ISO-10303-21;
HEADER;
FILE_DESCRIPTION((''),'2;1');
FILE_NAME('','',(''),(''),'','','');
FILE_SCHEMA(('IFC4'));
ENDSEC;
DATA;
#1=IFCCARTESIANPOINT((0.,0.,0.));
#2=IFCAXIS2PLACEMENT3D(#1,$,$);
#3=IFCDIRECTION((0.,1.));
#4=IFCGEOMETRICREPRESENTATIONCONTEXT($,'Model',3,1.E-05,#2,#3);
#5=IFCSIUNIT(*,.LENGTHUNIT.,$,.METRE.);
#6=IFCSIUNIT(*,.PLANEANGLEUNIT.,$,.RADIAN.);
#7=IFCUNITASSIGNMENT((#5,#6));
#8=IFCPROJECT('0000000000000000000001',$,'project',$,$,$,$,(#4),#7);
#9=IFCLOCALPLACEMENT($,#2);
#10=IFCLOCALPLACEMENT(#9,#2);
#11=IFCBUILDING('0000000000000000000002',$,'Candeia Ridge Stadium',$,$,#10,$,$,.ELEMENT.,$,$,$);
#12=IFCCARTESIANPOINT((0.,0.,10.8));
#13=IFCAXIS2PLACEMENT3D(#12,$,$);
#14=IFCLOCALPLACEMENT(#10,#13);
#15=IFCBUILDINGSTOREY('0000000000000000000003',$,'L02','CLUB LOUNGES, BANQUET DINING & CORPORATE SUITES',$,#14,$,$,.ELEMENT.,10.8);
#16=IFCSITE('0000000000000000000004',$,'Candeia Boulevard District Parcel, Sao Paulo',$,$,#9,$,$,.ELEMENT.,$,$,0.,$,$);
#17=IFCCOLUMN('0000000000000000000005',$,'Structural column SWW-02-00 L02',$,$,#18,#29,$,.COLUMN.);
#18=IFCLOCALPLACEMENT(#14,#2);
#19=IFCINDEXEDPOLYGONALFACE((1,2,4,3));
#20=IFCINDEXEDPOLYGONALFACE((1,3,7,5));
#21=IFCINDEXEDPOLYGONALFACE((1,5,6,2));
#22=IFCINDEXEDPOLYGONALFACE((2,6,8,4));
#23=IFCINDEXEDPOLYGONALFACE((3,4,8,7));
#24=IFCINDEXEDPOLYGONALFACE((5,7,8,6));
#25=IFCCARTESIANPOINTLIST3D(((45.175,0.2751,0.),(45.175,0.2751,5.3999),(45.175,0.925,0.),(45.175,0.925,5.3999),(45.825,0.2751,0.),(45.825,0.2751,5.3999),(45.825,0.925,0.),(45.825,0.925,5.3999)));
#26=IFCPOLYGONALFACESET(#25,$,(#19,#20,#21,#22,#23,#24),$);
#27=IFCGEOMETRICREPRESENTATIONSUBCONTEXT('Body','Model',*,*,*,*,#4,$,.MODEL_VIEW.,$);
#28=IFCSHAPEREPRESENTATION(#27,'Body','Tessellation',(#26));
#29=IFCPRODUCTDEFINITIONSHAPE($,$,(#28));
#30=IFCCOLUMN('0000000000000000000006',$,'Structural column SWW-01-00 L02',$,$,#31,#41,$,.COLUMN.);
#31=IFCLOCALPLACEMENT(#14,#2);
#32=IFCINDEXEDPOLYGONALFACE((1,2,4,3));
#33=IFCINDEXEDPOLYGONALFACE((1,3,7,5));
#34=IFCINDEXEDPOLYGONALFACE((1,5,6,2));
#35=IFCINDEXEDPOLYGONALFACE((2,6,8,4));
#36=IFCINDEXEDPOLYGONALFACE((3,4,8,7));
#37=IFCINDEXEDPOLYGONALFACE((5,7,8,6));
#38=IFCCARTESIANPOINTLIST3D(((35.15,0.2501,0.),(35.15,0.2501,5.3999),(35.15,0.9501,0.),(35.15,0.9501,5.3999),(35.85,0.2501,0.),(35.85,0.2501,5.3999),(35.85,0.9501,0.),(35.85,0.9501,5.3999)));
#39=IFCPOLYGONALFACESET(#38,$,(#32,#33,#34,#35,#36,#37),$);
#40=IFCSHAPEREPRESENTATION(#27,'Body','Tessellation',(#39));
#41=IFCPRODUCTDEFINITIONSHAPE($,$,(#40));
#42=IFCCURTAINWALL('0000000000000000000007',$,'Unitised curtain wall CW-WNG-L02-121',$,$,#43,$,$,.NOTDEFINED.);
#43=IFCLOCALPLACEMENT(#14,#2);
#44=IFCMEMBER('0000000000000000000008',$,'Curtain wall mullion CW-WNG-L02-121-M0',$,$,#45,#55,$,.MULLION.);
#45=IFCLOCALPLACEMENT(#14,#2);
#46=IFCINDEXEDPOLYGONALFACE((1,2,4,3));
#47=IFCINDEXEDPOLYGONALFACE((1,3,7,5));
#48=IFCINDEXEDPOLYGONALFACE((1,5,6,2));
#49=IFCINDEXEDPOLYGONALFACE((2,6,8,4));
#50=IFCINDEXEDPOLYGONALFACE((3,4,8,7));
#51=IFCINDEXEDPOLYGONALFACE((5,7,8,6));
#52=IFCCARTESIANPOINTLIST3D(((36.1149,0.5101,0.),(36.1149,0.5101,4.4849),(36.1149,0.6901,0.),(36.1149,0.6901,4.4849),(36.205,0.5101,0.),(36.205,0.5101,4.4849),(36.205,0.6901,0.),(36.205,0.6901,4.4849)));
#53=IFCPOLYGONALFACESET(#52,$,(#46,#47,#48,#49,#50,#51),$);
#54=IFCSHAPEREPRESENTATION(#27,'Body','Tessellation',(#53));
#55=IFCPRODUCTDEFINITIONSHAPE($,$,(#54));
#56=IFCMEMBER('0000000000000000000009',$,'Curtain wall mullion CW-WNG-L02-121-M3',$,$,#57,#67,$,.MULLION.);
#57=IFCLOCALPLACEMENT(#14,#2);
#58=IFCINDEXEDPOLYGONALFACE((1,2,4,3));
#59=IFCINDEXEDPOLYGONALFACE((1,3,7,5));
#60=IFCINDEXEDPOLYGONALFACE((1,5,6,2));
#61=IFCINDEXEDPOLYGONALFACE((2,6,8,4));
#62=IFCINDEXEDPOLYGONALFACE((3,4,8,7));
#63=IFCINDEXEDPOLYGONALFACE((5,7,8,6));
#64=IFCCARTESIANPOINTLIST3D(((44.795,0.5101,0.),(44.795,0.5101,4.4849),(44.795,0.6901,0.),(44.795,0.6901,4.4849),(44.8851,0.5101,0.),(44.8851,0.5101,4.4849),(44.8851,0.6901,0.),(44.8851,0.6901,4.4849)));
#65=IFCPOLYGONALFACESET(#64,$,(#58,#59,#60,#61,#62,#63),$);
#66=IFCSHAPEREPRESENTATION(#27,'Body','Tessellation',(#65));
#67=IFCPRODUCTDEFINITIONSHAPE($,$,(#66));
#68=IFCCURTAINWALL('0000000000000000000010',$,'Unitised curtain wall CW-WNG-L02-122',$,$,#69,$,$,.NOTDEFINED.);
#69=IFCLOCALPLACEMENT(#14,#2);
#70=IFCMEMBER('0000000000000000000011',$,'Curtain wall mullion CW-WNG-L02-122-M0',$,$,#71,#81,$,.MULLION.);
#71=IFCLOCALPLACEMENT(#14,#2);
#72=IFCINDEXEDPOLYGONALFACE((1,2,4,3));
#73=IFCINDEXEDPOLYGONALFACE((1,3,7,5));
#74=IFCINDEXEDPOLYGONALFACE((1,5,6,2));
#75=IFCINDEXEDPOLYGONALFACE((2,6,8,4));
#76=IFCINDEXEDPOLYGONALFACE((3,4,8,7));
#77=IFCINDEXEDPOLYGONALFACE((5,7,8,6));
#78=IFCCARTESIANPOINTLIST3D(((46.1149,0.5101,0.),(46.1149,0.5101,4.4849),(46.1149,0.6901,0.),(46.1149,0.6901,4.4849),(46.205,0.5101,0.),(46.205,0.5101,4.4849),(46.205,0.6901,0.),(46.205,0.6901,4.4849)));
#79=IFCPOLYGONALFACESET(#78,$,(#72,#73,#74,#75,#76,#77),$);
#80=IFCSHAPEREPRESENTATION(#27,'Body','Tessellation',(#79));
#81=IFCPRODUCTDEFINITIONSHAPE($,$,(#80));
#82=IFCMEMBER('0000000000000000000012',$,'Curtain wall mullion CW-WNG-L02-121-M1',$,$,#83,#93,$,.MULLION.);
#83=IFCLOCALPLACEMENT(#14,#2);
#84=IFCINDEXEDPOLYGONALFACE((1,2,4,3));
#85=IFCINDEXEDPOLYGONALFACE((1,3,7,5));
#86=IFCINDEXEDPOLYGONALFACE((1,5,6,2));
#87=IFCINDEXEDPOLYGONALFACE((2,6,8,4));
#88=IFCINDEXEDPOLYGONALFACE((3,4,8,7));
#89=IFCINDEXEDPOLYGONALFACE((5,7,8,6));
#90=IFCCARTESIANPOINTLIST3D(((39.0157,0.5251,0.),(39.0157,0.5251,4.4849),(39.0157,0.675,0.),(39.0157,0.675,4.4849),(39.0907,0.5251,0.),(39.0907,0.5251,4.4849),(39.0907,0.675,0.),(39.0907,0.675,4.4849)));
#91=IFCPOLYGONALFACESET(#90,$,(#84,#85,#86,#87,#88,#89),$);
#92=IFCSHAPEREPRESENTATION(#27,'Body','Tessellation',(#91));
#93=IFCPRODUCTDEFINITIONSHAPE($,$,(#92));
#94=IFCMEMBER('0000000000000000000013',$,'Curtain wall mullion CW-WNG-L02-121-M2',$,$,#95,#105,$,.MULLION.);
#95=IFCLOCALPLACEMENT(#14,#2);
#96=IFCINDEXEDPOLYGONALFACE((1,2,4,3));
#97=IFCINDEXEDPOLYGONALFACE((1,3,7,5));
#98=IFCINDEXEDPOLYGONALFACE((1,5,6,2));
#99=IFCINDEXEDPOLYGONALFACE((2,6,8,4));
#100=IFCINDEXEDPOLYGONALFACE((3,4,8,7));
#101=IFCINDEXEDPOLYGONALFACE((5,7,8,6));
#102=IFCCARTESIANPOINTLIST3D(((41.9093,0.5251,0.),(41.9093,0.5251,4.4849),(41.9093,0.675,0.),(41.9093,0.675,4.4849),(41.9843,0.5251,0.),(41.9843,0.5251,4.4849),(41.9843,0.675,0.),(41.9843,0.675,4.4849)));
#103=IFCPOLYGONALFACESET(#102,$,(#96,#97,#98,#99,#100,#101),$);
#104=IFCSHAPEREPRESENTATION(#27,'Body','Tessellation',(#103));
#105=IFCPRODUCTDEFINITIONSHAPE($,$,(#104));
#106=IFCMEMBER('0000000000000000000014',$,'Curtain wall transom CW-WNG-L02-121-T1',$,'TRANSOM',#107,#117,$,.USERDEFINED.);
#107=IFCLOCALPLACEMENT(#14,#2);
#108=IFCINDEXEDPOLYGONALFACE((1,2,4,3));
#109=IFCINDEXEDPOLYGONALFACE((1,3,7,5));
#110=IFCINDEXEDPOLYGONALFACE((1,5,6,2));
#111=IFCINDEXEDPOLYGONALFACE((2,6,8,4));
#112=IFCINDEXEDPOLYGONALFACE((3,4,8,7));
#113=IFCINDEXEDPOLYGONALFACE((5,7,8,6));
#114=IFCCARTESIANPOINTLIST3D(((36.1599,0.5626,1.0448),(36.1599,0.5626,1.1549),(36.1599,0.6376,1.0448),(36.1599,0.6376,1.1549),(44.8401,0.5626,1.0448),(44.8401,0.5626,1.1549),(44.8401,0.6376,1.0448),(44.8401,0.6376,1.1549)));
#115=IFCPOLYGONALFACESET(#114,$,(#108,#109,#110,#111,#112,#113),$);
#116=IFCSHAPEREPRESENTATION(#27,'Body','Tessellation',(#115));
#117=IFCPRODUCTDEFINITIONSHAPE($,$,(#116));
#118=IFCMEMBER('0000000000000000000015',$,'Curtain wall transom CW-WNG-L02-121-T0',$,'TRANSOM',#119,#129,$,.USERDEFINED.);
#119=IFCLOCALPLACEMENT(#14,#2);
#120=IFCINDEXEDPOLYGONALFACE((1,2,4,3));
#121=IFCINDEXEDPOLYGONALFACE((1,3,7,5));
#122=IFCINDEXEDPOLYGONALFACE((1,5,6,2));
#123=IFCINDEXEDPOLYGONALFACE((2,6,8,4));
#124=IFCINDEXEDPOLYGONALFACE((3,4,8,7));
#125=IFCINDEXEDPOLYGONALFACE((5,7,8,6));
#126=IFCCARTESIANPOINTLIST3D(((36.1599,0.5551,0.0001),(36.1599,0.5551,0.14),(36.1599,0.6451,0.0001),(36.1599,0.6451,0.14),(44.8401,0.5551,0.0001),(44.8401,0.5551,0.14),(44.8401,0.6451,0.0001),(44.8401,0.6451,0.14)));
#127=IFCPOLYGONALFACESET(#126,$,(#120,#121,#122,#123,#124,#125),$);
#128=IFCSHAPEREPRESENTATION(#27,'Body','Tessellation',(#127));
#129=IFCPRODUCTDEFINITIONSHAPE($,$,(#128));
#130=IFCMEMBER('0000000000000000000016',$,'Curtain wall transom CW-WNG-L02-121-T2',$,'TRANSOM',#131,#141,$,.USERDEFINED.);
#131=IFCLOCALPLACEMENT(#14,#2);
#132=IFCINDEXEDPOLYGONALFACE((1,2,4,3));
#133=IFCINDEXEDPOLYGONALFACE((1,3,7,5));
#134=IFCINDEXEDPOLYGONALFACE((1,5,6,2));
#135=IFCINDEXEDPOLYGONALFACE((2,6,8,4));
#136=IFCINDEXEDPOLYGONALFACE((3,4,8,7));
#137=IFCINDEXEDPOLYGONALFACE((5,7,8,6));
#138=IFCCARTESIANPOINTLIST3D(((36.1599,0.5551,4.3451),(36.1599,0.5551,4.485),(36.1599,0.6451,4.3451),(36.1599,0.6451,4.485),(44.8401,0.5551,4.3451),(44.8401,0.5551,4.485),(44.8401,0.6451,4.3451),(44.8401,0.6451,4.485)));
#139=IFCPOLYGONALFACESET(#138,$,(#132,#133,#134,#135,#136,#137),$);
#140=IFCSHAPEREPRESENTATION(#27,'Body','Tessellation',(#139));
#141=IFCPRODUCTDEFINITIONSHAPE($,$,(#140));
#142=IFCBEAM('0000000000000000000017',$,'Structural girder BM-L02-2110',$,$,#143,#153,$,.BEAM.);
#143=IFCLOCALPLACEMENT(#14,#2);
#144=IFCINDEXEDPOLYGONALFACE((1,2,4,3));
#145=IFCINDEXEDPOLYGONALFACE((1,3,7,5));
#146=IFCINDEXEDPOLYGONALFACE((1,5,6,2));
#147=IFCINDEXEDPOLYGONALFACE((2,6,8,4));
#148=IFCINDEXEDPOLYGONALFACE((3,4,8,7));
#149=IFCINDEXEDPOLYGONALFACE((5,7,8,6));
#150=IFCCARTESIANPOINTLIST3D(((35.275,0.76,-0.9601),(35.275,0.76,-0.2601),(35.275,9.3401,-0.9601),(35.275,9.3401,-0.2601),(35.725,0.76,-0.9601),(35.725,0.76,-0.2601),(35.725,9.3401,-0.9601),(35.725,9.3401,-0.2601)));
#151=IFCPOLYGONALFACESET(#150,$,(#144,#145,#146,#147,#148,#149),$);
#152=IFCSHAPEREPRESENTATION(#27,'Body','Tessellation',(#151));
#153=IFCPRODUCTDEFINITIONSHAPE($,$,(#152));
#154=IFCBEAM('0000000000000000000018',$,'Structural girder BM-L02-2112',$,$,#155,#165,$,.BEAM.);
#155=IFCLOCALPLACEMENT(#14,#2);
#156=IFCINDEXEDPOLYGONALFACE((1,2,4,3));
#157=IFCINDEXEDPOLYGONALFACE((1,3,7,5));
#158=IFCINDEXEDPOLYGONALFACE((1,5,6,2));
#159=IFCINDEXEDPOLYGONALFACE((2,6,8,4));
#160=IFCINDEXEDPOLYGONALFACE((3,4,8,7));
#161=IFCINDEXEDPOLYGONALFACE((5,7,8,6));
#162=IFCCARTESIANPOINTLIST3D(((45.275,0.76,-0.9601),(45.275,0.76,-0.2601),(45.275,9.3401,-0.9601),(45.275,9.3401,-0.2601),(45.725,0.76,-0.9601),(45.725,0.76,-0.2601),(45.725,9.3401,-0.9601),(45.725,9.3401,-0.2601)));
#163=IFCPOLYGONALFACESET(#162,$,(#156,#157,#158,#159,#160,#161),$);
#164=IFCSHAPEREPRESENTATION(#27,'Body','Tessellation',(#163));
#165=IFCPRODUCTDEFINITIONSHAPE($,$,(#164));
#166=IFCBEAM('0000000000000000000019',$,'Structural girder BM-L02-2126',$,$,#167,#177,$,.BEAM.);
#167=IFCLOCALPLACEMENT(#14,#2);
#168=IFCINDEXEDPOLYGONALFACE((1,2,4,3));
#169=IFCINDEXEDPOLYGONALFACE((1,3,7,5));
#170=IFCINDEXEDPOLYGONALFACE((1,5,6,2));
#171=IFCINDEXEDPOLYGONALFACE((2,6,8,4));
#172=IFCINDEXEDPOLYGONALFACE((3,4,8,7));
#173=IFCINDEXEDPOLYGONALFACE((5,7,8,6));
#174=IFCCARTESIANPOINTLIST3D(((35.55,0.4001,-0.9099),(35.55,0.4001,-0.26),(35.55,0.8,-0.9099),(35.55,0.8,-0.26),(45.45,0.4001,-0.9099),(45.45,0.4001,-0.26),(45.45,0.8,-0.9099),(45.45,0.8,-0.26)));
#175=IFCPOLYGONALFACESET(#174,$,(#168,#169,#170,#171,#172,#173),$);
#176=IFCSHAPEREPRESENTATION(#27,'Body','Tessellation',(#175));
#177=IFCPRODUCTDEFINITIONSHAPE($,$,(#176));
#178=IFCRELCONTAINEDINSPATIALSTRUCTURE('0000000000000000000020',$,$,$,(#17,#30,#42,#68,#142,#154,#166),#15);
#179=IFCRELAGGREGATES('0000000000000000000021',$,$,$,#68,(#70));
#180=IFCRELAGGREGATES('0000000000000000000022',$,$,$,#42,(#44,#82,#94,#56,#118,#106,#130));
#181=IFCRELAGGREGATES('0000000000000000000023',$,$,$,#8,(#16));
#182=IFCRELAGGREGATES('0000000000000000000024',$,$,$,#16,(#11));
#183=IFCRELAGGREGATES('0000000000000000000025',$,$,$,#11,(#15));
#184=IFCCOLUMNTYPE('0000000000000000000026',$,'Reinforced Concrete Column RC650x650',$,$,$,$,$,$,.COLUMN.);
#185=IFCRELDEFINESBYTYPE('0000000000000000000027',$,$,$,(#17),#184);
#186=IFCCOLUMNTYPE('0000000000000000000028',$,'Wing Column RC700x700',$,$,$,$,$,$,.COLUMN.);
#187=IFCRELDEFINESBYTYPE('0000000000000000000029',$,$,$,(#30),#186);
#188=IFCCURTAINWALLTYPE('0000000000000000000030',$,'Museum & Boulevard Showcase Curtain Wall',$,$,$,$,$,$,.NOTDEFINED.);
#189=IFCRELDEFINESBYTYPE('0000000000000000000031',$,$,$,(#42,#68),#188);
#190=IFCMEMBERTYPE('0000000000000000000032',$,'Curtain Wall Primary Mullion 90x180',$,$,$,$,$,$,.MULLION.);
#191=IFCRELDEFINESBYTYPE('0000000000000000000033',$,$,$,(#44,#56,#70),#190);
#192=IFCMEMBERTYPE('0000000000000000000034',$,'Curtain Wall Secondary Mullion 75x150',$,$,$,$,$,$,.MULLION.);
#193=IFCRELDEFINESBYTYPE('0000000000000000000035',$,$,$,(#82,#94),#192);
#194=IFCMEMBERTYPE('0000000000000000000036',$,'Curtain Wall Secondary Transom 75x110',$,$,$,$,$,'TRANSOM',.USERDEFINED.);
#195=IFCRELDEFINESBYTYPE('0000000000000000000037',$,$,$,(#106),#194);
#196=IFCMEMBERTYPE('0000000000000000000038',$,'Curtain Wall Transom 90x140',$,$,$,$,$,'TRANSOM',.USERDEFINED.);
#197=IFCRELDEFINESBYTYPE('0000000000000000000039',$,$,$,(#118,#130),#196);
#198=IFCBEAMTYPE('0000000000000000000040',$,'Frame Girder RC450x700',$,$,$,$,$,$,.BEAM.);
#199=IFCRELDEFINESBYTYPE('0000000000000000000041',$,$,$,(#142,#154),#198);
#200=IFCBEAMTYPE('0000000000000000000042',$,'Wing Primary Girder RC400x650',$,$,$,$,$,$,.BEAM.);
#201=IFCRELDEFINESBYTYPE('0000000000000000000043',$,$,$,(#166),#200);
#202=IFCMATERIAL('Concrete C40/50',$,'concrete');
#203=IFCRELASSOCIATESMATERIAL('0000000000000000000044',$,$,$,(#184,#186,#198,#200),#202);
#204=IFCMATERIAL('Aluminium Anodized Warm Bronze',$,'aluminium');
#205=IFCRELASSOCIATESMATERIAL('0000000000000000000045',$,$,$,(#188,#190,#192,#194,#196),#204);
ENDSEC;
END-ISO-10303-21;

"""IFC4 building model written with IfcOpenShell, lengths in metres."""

from ifc_helpers import new_model, si_unit, direction, frame, origin, origin_2d, place, context, subcontext, project, spatial, rectangle, extrude, material, material_profile, profile_set, type_object, element, aggregate, save


model = new_model("IFC4")

# Units and contexts
model_context = context("Model", 3, precision=1e-05, world=origin(), true_north=direction((0.0, 1.0)))
body_context = subcontext(model_context, "Body", "Model", "MODEL_VIEW")
ifc_project = project(units=[si_unit("LENGTHUNIT", "METRE"), si_unit("PLANEANGLEUNIT", "RADIAN")], contexts=[model_context])

# Site, building, storey
site_placement = place(None, origin())
site = spatial("IfcSite", under=ifc_project, at=site_placement, Name="Candeia Boulevard District Parcel, Sao Paulo", CompositionType="ELEMENT", RefElevation=0.0)
building_placement = place(site_placement, origin())
building = spatial("IfcBuilding", under=site, at=building_placement, Name="Candeia Ridge Stadium", CompositionType="ELEMENT")
storey_placement = place(building_placement, frame((0.0, 0.0, 10.8)))
storey = spatial("IfcBuildingStorey", under=building, at=storey_placement, Name="L02", Description="CLUB LOUNGES, BANQUET DINING & CORPORATE SUITES", CompositionType="ELEMENT", Elevation=10.8)

# Columns
ifc_material_1 = material(Name="Concrete C40/50", Category="concrete")
ifc_material_profile_1 = material_profile(ifc_material_1, rectangle(XDim=0.6499, YDim=0.6499, at=origin_2d()), Name="RC650x650", Category="concrete")
ifc_profile_set_1 = profile_set([ifc_material_profile_1], Name="Concrete C40/50")
column_type_1 = type_object("IfcColumnType", Name="Reinforced Concrete Column RC650x650", PredefinedType="COLUMN", material=ifc_profile_set_1)
column_1_placement = place(storey_placement, frame((45.5, 0.6001, 0.0), z_axis=(0.0, 0.0, 1.0), x_axis=(1.0, 0.0, 0.0)))
element("IfcColumn", 1, at=column_1_placement, inside=storey, type_object=column_type_1, Name="Structural column SWW-02-00 L02", PredefinedType="COLUMN", context=body_context, shape_type="SweptSolid", body=[
    extrude(rectangle(XDim=0.6499, YDim=0.6499, at=origin_2d()), origin(), (0.0, 0.0, 1.0), 5.3999),
])
ifc_material_profile_2 = material_profile(ifc_material_1, rectangle(XDim=0.7, YDim=0.7, at=origin_2d()), Name="RC700x700", Category="concrete")
ifc_profile_set_2 = profile_set([ifc_material_profile_2], Name="Concrete C40/50")
column_type_2 = type_object("IfcColumnType", Name="Wing Column RC700x700", PredefinedType="COLUMN", material=ifc_profile_set_2)
column_2_placement = place(storey_placement, frame((35.5, 0.6001, 0.0), z_axis=(0.0, 0.0, 1.0), x_axis=(1.0, 0.0, 0.0)))
element("IfcColumn", 2, at=column_2_placement, inside=storey, type_object=column_type_2, Name="Structural column SWW-01-00 L02", PredefinedType="COLUMN", context=body_context, shape_type="SweptSolid", body=[
    extrude(rectangle(XDim=0.7, YDim=0.7, at=origin_2d()), origin(), (0.0, 0.0, 1.0), 5.3999),
])

# Curtain wall, members
ifc_material_2 = material(Name="Aluminium Anodized Warm Bronze", Category="aluminium")
curtain_wall_type = type_object("IfcCurtainWallType", Name="Museum & Boulevard Showcase Curtain Wall", PredefinedType="NOTDEFINED", material=ifc_material_2)
curtain_wall_1_placement = place(storey_placement, origin())
curtain_wall_1 = element("IfcCurtainWall", 3, at=curtain_wall_1_placement, inside=storey, type_object=curtain_wall_type, Name="Unitised curtain wall CW-WNG-L02-121", PredefinedType="NOTDEFINED")
ifc_material_profile_3 = material_profile(ifc_material_2, rectangle(XDim=0.0901, YDim=0.1799, at=origin_2d()), Name="CWM-90x180", Category="aluminium")
ifc_profile_set_3 = profile_set([ifc_material_profile_3], Name="Aluminium Anodized Warm Bronze")
member_type_1 = type_object("IfcMemberType", Name="Curtain Wall Primary Mullion 90x180", PredefinedType="MULLION", material=ifc_profile_set_3)
member_1_placement = place(storey_placement, frame((36.1599, 0.6001, 0.0), z_axis=(0.0, 0.0, 1.0), x_axis=(1.0, 0.0, 0.0)))
member_1 = element("IfcMember", 4, at=member_1_placement, type_object=member_type_1, Name="Curtain wall mullion CW-WNG-L02-121-M0", PredefinedType="MULLION", context=body_context, shape_type="SweptSolid", body=[
    extrude(rectangle(XDim=0.0901, YDim=0.1799, at=origin_2d()), origin(), (0.0, 0.0, 1.0), 4.4849),
])
member_2_placement = place(storey_placement, frame((44.8401, 0.6001, 0.0), z_axis=(0.0, 0.0, 1.0), x_axis=(1.0, 0.0, 0.0)))
member_2 = element("IfcMember", 5, at=member_2_placement, type_object=member_type_1, Name="Curtain wall mullion CW-WNG-L02-121-M3", PredefinedType="MULLION", context=body_context, shape_type="SweptSolid", body=[
    extrude(rectangle(XDim=0.0901, YDim=0.1799, at=origin_2d()), origin(), (0.0, 0.0, 1.0), 4.4849),
])

# Curtain wall, member
curtain_wall_2_placement = place(storey_placement, origin())
curtain_wall_2 = element("IfcCurtainWall", 6, at=curtain_wall_2_placement, inside=storey, type_object=curtain_wall_type, Name="Unitised curtain wall CW-WNG-L02-122", PredefinedType="NOTDEFINED")
member_3_placement = place(storey_placement, frame((46.1599, 0.6001, 0.0), z_axis=(0.0, 0.0, 1.0), x_axis=(1.0, 0.0, 0.0)))
member_3 = element("IfcMember", 7, at=member_3_placement, type_object=member_type_1, Name="Curtain wall mullion CW-WNG-L02-122-M0", PredefinedType="MULLION", context=body_context, shape_type="SweptSolid", body=[
    extrude(rectangle(XDim=0.0901, YDim=0.1799, at=origin_2d()), origin(), (0.0, 0.0, 1.0), 4.4849),
])
aggregate(curtain_wall_2, [member_3])

# Members
ifc_material_profile_4 = material_profile(ifc_material_2, rectangle(XDim=0.075, YDim=0.1499, at=origin_2d()), Name="CWM-75x150", Category="aluminium")
ifc_profile_set_4 = profile_set([ifc_material_profile_4], Name="Aluminium Anodized Warm Bronze")
member_type_2 = type_object("IfcMemberType", Name="Curtain Wall Secondary Mullion 75x150", PredefinedType="MULLION", material=ifc_profile_set_4)
member_4_placement = place(storey_placement, frame((39.0532, 0.6001, 0.0), z_axis=(0.0, 0.0, 1.0), x_axis=(1.0, 0.0, 0.0)))
member_4 = element("IfcMember", 8, at=member_4_placement, type_object=member_type_2, Name="Curtain wall mullion CW-WNG-L02-121-M1", PredefinedType="MULLION", context=body_context, shape_type="SweptSolid", body=[
    extrude(rectangle(XDim=0.075, YDim=0.1499, at=origin_2d()), origin(), (0.0, 0.0, 1.0), 4.4849),
])
member_5_placement = place(storey_placement, frame((41.9468, 0.6001, 0.0), z_axis=(0.0, 0.0, 1.0), x_axis=(1.0, 0.0, 0.0)))
member_5 = element("IfcMember", 9, at=member_5_placement, type_object=member_type_2, Name="Curtain wall mullion CW-WNG-L02-121-M2", PredefinedType="MULLION", context=body_context, shape_type="SweptSolid", body=[
    extrude(rectangle(XDim=0.075, YDim=0.1499, at=origin_2d()), origin(), (0.0, 0.0, 1.0), 4.4849),
])
ifc_material_profile_5 = material_profile(ifc_material_2, rectangle(XDim=0.075, YDim=0.1101, at=origin_2d()), Name="CWT-75x110", Category="aluminium")
ifc_profile_set_5 = profile_set([ifc_material_profile_5], Name="Aluminium Anodized Warm Bronze")
member_type_3 = type_object("IfcMemberType", Name="Curtain Wall Secondary Transom 75x110", ElementType="TRANSOM", PredefinedType="USERDEFINED", material=ifc_profile_set_5)
member_6_placement = place(storey_placement, frame((36.1599, 0.6001, 1.0999), z_axis=(1.0, 0.0, 0.0), x_axis=(0.0, 1.0, 0.0)))
member_6 = element("IfcMember", 10, at=member_6_placement, type_object=member_type_3, Name="Curtain wall transom CW-WNG-L02-121-T1", ObjectType="TRANSOM", PredefinedType="USERDEFINED", context=body_context, shape_type="SweptSolid", body=[
    extrude(rectangle(XDim=0.075, YDim=0.1101, at=origin_2d()), origin(), (0.0, 0.0, 1.0), 8.6802),
])
ifc_material_profile_6 = material_profile(ifc_material_2, rectangle(XDim=0.0901, YDim=0.1399, at=origin_2d()), Name="CWT-90x140", Category="aluminium")
ifc_profile_set_6 = profile_set([ifc_material_profile_6], Name="Aluminium Anodized Warm Bronze")
member_type_4 = type_object("IfcMemberType", Name="Curtain Wall Transom 90x140", ElementType="TRANSOM", PredefinedType="USERDEFINED", material=ifc_profile_set_6)
member_7_placement = place(storey_placement, frame((36.1599, 0.6001, 0.0701), z_axis=(1.0, 0.0, 0.0), x_axis=(0.0, 1.0, 0.0)))
member_7 = element("IfcMember", 11, at=member_7_placement, type_object=member_type_4, Name="Curtain wall transom CW-WNG-L02-121-T0", ObjectType="TRANSOM", PredefinedType="USERDEFINED", context=body_context, shape_type="SweptSolid", body=[
    extrude(rectangle(XDim=0.0901, YDim=0.1399, at=origin_2d()), origin(), (0.0, 0.0, 1.0), 8.6802),
])
member_8_placement = place(storey_placement, frame((36.1599, 0.6001, 4.415), z_axis=(1.0, 0.0, 0.0), x_axis=(0.0, 1.0, 0.0)))
member_8 = element("IfcMember", 12, at=member_8_placement, type_object=member_type_4, Name="Curtain wall transom CW-WNG-L02-121-T2", ObjectType="TRANSOM", PredefinedType="USERDEFINED", context=body_context, shape_type="SweptSolid", body=[
    extrude(rectangle(XDim=0.0901, YDim=0.1399, at=origin_2d()), origin(), (0.0, 0.0, 1.0), 8.6802),
])

# Beams
ifc_material_profile_7 = material_profile(ifc_material_1, rectangle(XDim=0.45, YDim=0.7, at=origin_2d()), Name="RC450x700", Category="concrete")
ifc_profile_set_7 = profile_set([ifc_material_profile_7], Name="Concrete C40/50")
beam_type_1 = type_object("IfcBeamType", Name="Frame Girder RC450x700", PredefinedType="BEAM", material=ifc_profile_set_7)
for number, where, z_axis, x_axis, name in (
    (13, (35.5, 0.76, -0.6101), (0.0, 1.0, 0.0), (-1.0, 0.0, 0.0), "Structural girder BM-L02-2110"),
    (14, (45.5, 0.76, -0.6101), (0.0, 1.0, 0.0), (-1.0, 0.0, 0.0), "Structural girder BM-L02-2112"),
):
    element("IfcBeam", number, at=place(storey_placement, frame(where, z_axis=z_axis, x_axis=x_axis)), inside=storey, type_object=beam_type_1, Name=name, PredefinedType="BEAM", context=body_context, shape_type="SweptSolid", body=[
        extrude(rectangle(XDim=0.45, YDim=0.7, at=origin_2d()), origin(), (0.0, 0.0, 1.0), 8.5801),
    ])
ifc_material_profile_8 = material_profile(ifc_material_1, rectangle(XDim=0.3999, YDim=0.6499, at=origin_2d()), Name="RC400x650", Category="concrete")
ifc_profile_set_8 = profile_set([ifc_material_profile_8], Name="Concrete C40/50")
beam_type_2 = type_object("IfcBeamType", Name="Wing Primary Girder RC400x650", PredefinedType="BEAM", material=ifc_profile_set_8)
for number, where, z_axis, x_axis, name in (
    (15, (35.55, 0.6001, -0.585), (1.0, 0.0, 0.0), (0.0, 1.0, 0.0), "Structural girder BM-L02-2126"),
):
    element("IfcBeam", number, at=place(storey_placement, frame(where, z_axis=z_axis, x_axis=x_axis)), inside=storey, type_object=beam_type_2, Name=name, PredefinedType="BEAM", context=body_context, shape_type="SweptSolid", body=[
        extrude(rectangle(XDim=0.3999, YDim=0.6499, at=origin_2d()), origin(), (0.0, 0.0, 1.0), 9.8999),
    ])

aggregate(curtain_wall_1, [member_1, member_4, member_5, member_2, member_7, member_6, member_8])

save(model, "model.ifc")
